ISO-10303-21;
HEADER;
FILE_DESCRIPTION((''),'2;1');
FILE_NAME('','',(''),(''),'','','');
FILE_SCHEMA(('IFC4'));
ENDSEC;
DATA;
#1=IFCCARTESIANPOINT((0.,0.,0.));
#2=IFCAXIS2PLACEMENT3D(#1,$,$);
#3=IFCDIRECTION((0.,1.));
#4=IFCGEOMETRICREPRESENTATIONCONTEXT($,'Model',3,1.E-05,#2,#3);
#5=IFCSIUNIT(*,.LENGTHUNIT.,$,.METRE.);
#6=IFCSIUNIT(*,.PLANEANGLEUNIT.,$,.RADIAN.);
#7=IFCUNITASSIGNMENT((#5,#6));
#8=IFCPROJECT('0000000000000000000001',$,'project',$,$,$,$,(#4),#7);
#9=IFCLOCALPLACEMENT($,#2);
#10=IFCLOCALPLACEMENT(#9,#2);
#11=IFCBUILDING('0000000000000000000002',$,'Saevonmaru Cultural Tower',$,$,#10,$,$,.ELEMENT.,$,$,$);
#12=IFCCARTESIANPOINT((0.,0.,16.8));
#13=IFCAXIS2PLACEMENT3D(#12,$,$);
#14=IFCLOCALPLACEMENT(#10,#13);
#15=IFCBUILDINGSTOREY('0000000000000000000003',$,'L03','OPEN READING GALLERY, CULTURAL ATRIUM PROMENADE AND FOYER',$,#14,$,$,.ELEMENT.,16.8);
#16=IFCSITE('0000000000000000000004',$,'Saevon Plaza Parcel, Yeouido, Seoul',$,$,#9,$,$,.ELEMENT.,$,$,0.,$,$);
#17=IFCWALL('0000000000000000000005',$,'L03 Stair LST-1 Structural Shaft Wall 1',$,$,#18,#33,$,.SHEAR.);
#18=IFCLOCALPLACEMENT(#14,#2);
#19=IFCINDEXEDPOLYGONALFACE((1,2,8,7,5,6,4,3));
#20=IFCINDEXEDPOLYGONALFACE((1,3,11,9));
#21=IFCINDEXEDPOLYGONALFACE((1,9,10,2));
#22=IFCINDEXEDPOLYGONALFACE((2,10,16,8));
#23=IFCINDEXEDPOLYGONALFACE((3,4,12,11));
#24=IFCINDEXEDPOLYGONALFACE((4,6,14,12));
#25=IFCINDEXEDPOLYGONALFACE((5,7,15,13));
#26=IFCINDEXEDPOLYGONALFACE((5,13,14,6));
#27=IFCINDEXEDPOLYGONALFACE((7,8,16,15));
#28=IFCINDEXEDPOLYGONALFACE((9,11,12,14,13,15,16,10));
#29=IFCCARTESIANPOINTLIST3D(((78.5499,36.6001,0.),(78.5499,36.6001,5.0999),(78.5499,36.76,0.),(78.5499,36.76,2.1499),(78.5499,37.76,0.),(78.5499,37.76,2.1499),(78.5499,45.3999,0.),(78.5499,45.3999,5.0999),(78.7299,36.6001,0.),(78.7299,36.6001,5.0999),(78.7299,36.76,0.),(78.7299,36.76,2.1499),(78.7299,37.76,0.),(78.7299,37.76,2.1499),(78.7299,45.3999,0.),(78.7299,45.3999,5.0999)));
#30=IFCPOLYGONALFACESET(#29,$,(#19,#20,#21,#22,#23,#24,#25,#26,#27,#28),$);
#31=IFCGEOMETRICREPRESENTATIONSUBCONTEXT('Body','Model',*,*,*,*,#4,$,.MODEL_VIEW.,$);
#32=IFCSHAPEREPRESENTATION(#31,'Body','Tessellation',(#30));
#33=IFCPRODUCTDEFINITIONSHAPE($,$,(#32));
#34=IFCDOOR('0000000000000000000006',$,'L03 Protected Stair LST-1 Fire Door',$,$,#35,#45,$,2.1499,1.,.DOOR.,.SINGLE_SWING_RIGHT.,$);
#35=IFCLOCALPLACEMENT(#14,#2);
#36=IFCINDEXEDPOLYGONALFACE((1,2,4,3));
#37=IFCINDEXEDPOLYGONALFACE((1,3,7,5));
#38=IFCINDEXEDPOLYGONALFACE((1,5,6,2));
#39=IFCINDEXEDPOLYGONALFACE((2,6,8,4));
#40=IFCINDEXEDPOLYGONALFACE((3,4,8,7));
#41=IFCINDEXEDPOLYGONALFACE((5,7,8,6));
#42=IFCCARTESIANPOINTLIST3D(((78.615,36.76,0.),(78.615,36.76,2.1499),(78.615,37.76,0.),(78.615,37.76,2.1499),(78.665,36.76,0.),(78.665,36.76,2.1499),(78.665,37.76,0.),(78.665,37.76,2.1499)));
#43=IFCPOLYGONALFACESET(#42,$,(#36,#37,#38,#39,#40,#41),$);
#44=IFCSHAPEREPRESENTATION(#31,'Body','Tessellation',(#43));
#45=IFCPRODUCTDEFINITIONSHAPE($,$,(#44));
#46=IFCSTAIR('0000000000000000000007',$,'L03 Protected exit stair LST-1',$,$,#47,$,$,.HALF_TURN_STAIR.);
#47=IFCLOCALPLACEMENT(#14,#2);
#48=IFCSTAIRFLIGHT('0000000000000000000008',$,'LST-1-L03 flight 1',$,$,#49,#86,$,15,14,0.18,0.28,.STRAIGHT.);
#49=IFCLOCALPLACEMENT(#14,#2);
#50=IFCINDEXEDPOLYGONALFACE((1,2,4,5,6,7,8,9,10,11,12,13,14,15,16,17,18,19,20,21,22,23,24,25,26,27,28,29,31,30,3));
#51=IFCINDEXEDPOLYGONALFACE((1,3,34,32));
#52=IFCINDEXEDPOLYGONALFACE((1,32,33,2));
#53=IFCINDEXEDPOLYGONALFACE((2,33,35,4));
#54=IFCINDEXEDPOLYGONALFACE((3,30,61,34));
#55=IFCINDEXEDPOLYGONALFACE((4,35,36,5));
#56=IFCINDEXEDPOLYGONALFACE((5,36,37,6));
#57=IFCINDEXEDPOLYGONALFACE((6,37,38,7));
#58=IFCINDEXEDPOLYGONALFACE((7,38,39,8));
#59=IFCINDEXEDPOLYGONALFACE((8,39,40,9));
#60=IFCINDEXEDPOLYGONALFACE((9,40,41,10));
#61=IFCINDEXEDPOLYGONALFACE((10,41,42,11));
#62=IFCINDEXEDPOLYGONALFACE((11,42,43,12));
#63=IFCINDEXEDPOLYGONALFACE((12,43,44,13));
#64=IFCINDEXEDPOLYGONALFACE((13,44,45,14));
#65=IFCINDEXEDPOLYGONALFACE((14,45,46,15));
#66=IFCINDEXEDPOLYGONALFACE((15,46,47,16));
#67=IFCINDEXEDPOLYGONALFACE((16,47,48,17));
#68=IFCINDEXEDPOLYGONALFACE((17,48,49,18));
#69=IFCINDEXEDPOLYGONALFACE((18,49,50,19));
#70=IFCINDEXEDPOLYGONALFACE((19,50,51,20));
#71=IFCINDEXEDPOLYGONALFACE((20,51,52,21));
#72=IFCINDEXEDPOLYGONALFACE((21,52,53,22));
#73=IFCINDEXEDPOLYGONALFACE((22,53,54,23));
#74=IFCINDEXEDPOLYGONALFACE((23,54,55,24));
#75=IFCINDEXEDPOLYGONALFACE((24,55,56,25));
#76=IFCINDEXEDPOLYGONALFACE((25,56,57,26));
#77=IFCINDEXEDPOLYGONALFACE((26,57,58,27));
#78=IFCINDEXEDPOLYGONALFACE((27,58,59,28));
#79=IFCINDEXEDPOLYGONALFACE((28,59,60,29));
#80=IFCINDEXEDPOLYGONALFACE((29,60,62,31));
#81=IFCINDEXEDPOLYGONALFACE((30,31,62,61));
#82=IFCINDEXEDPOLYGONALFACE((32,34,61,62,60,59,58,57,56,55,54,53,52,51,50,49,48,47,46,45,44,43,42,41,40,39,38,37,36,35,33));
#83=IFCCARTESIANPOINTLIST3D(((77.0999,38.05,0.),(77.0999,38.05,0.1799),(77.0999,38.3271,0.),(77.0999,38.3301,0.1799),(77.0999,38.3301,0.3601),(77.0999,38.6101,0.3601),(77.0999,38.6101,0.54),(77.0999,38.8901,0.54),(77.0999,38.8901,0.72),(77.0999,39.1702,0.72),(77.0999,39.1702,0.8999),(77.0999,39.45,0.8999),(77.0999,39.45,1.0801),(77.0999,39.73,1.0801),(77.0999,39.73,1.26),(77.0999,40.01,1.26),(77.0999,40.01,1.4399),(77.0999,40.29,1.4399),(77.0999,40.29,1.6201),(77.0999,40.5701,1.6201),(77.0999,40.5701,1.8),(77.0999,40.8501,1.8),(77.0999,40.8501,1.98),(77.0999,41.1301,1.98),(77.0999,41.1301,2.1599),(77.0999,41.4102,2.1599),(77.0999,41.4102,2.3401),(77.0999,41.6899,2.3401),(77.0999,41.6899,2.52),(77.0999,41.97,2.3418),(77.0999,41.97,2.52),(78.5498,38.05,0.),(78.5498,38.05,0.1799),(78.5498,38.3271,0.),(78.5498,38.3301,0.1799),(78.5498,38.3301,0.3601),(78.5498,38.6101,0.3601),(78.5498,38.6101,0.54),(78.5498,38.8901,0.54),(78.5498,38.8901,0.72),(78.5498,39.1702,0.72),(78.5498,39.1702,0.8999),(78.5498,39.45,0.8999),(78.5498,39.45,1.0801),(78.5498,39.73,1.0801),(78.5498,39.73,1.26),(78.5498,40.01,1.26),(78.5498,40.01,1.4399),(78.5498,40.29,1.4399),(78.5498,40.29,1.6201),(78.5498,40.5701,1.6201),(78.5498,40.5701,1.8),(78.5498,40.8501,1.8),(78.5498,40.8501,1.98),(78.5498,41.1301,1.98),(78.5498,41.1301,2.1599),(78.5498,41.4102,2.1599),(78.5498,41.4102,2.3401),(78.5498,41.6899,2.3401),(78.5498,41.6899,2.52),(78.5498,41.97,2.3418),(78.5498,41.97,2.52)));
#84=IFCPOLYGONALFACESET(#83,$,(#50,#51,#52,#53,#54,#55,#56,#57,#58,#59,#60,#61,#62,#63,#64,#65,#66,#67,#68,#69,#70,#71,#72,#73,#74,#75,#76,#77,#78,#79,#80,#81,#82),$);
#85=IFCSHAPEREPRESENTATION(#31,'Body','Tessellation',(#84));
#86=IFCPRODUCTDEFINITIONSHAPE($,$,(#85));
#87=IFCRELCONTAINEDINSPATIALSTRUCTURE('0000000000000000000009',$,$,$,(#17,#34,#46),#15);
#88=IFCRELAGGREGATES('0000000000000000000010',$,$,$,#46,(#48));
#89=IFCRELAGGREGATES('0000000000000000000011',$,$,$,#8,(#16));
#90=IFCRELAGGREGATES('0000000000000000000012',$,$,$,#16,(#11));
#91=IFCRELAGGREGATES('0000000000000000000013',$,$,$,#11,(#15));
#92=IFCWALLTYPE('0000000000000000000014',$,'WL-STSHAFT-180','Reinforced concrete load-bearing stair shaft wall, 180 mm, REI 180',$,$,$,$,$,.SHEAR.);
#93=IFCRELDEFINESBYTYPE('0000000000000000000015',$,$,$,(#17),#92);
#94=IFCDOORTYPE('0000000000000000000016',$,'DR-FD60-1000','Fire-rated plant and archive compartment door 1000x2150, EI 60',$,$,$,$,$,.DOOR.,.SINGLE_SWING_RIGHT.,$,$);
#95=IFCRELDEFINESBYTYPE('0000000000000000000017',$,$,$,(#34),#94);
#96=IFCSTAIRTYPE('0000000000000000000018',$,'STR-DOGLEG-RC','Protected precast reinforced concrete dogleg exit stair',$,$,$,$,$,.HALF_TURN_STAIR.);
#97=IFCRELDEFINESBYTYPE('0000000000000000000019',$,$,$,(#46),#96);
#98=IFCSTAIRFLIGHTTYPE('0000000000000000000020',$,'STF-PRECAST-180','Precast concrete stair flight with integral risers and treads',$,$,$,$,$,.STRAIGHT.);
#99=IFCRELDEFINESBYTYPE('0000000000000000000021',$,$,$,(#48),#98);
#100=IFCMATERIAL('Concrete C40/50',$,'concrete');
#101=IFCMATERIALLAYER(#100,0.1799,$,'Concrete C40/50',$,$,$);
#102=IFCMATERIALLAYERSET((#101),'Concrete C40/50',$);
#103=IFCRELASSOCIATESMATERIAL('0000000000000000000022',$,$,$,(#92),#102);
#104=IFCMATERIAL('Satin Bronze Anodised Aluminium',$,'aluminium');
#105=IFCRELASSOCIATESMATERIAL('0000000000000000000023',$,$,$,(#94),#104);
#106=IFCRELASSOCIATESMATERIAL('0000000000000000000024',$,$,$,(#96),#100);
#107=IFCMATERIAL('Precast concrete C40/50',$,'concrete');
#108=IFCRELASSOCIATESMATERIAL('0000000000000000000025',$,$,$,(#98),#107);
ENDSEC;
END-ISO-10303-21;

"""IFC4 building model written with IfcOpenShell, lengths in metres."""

from ifc_helpers import new_model, si_unit, direction, frame, frame_2d, origin, place, context, subcontext, project, spatial, polyline, rectangle, outline, extrude, material, layer, layer_set, type_object, element, fill, aggregate, save


model = new_model("IFC4")

# Units and contexts
model_context = context("Model", 3, precision=1e-05, world=origin(), true_north=direction((0.0, 1.0)))
body_context = subcontext(model_context, "Body", "Model", "MODEL_VIEW")
ifc_project = project(units=[si_unit("LENGTHUNIT", "METRE"), si_unit("PLANEANGLEUNIT", "RADIAN")], contexts=[model_context])

# Site, building, storey
site_placement = place(None, origin())
site = spatial("IfcSite", under=ifc_project, at=site_placement, Name="Saevon Plaza Parcel, Yeouido, Seoul", CompositionType="ELEMENT", RefElevation=0.0)
building_placement = place(site_placement, origin())
building = spatial("IfcBuilding", under=site, at=building_placement, Name="Saevonmaru Cultural Tower", CompositionType="ELEMENT")
storey_placement = place(building_placement, frame((0.0, 0.0, 16.8)))
storey = spatial("IfcBuildingStorey", under=building, at=storey_placement, Name="L03", Description="OPEN READING GALLERY, CULTURAL ATRIUM PROMENADE AND FOYER", CompositionType="ELEMENT", Elevation=16.8)

# Shared definitions
ifc_material_1 = material(Name="Satin Bronze Anodised Aluminium", Category="aluminium")

# Shared definitions
ifc_material_2 = material(Name="Concrete C40/50", Category="concrete")

# Wall, opening, door
ifc_layer_1 = layer(ifc_material_2, 0.1799, Name="Concrete C40/50")
ifc_layer_set_1 = layer_set([ifc_layer_1], Name="Concrete C40/50")
wall_type_1 = type_object("IfcWallType", Name="WL-STSHAFT-180", Description="Reinforced concrete load-bearing stair shaft wall, 180 mm, REI 180", PredefinedType="SHEAR", material=ifc_layer_set_1)
wall_1_placement = place(storey_placement, frame((78.6399, 36.6001, 0.0), z_axis=(0.0, 0.0, 1.0), x_axis=(0.0, 1.0, 0.0)))
wall_1 = element("IfcWall", 1, at=wall_1_placement, inside=storey, type_object=wall_type_1, Name="L03 Stair LST-1 Structural Shaft Wall 1", PredefinedType="SHEAR", context=body_context, shape_type="SweptSolid", body=[
    extrude(rectangle(XDim=8.7998, YDim=0.1799, at=frame_2d((4.3999, 0.0))), origin(), (0.0, 0.0, 1.0), 5.0999),
])
opening_1_placement = place(wall_1_placement, frame((0.1599, 0.0, 0.0)))
opening_1 = element("IfcOpeningElement", 2, at=opening_1_placement, cuts=wall_1, PredefinedType="OPENING", context=body_context, shape_type="SweptSolid", body=[
    extrude(rectangle(XDim=1.0, YDim=2.1499, at=frame_2d((0.5, 1.075))), frame((0.0, 0.1001, 0.0), z_axis=(0.0, -1.0, 0.0), x_axis=(1.0, 0.0, 0.0)), (0.0, 0.0, 1.0), 0.2),
])
door_type_1 = type_object("IfcDoorType", Name="DR-FD60-1000", Description="Fire-rated plant and archive compartment door 1000x2150, EI 60", OperationType="SINGLE_SWING_RIGHT", PredefinedType="DOOR", material=ifc_material_1)
door_1_placement = place(opening_1_placement, origin())
door_1 = element("IfcDoor", 3, at=door_1_placement, inside=storey, type_object=door_type_1, Name="L03 Protected Stair LST-1 Fire Door", OperationType="SINGLE_SWING_RIGHT", OverallHeight=2.1499, OverallWidth=1.0, PredefinedType="DOOR", context=body_context, shape_type="SweptSolid", body=[
    extrude(rectangle(XDim=1.0, YDim=2.1499, at=frame_2d((0.5, 1.075))), frame((0.0, 0.0249, 0.0), z_axis=(0.0, -1.0, 0.0), x_axis=(1.0, 0.0, 0.0)), (0.0, 0.0, 1.0), 0.05),
])
fill(opening_1, door_1)

# Stair, stair flight
stair_type = type_object("IfcStairType", Name="STR-DOGLEG-RC", Description="Protected precast reinforced concrete dogleg exit stair", PredefinedType="HALF_TURN_STAIR", material=ifc_material_2)
stair_placement = place(storey_placement, origin())
stair = element("IfcStair", 4, at=stair_placement, inside=storey, type_object=stair_type, Name="L03 Protected exit stair LST-1", PredefinedType="HALF_TURN_STAIR")
ifc_material_3 = material(Name="Precast concrete C40/50", Category="concrete")
stair_flight_type = type_object("IfcStairFlightType", Name="STF-PRECAST-180", Description="Precast concrete stair flight with integral risers and treads", PredefinedType="STRAIGHT", material=ifc_material_3)
stair_flight_placement = place(storey_placement, frame((77.825, 38.05, 0.0), z_axis=(0.0, 0.0, 1.0), x_axis=(0.0, 1.0, 0.0)))
stair_flight = element("IfcStairFlight", 5, at=stair_flight_placement, type_object=stair_flight_type, Name="LST-1-L03 flight 1", NumberOfRisers=15, NumberOfTreads=14, PredefinedType="STRAIGHT", RiserHeight=0.18, TreadLength=0.28, context=body_context, shape_type="SweptSolid", body=[
    extrude(outline(polyline([(0.0, 0.0), (0.0, 0.1799), (0.28, 0.1799), (0.28, 0.3601), (0.5601, 0.3601), (0.5601, 0.54), (0.8401, 0.54), (0.8401, 0.72), (1.1201, 0.72), (1.1201, 0.8999), (1.3999, 0.8999), (1.3999, 1.0801), (1.6799, 1.0801), (1.6799, 1.26), (1.96, 1.26), (1.96, 1.4399), (2.24, 1.4399), (2.24, 1.6201), (2.52, 1.6201), (2.52, 1.8), (2.8, 1.8), (2.8, 1.98), (3.0801, 1.98), (3.0801, 2.1599), (3.3601, 2.1599), (3.3601, 2.3401), (3.6399, 2.3401), (3.6399, 2.52), (3.9199, 2.52), (3.9199, 2.7), (3.9199, 2.3418), (0.2771, 0.0), (0.0, 0.0)])), frame((0.0, 0.7251, 0.0), z_axis=(0.0, -1.0, 0.0), x_axis=(1.0, 0.0, 0.0)), (0.0, 0.0, 1.0), 1.45),
])
aggregate(stair, [stair_flight])

save(model, "model.ifc")
